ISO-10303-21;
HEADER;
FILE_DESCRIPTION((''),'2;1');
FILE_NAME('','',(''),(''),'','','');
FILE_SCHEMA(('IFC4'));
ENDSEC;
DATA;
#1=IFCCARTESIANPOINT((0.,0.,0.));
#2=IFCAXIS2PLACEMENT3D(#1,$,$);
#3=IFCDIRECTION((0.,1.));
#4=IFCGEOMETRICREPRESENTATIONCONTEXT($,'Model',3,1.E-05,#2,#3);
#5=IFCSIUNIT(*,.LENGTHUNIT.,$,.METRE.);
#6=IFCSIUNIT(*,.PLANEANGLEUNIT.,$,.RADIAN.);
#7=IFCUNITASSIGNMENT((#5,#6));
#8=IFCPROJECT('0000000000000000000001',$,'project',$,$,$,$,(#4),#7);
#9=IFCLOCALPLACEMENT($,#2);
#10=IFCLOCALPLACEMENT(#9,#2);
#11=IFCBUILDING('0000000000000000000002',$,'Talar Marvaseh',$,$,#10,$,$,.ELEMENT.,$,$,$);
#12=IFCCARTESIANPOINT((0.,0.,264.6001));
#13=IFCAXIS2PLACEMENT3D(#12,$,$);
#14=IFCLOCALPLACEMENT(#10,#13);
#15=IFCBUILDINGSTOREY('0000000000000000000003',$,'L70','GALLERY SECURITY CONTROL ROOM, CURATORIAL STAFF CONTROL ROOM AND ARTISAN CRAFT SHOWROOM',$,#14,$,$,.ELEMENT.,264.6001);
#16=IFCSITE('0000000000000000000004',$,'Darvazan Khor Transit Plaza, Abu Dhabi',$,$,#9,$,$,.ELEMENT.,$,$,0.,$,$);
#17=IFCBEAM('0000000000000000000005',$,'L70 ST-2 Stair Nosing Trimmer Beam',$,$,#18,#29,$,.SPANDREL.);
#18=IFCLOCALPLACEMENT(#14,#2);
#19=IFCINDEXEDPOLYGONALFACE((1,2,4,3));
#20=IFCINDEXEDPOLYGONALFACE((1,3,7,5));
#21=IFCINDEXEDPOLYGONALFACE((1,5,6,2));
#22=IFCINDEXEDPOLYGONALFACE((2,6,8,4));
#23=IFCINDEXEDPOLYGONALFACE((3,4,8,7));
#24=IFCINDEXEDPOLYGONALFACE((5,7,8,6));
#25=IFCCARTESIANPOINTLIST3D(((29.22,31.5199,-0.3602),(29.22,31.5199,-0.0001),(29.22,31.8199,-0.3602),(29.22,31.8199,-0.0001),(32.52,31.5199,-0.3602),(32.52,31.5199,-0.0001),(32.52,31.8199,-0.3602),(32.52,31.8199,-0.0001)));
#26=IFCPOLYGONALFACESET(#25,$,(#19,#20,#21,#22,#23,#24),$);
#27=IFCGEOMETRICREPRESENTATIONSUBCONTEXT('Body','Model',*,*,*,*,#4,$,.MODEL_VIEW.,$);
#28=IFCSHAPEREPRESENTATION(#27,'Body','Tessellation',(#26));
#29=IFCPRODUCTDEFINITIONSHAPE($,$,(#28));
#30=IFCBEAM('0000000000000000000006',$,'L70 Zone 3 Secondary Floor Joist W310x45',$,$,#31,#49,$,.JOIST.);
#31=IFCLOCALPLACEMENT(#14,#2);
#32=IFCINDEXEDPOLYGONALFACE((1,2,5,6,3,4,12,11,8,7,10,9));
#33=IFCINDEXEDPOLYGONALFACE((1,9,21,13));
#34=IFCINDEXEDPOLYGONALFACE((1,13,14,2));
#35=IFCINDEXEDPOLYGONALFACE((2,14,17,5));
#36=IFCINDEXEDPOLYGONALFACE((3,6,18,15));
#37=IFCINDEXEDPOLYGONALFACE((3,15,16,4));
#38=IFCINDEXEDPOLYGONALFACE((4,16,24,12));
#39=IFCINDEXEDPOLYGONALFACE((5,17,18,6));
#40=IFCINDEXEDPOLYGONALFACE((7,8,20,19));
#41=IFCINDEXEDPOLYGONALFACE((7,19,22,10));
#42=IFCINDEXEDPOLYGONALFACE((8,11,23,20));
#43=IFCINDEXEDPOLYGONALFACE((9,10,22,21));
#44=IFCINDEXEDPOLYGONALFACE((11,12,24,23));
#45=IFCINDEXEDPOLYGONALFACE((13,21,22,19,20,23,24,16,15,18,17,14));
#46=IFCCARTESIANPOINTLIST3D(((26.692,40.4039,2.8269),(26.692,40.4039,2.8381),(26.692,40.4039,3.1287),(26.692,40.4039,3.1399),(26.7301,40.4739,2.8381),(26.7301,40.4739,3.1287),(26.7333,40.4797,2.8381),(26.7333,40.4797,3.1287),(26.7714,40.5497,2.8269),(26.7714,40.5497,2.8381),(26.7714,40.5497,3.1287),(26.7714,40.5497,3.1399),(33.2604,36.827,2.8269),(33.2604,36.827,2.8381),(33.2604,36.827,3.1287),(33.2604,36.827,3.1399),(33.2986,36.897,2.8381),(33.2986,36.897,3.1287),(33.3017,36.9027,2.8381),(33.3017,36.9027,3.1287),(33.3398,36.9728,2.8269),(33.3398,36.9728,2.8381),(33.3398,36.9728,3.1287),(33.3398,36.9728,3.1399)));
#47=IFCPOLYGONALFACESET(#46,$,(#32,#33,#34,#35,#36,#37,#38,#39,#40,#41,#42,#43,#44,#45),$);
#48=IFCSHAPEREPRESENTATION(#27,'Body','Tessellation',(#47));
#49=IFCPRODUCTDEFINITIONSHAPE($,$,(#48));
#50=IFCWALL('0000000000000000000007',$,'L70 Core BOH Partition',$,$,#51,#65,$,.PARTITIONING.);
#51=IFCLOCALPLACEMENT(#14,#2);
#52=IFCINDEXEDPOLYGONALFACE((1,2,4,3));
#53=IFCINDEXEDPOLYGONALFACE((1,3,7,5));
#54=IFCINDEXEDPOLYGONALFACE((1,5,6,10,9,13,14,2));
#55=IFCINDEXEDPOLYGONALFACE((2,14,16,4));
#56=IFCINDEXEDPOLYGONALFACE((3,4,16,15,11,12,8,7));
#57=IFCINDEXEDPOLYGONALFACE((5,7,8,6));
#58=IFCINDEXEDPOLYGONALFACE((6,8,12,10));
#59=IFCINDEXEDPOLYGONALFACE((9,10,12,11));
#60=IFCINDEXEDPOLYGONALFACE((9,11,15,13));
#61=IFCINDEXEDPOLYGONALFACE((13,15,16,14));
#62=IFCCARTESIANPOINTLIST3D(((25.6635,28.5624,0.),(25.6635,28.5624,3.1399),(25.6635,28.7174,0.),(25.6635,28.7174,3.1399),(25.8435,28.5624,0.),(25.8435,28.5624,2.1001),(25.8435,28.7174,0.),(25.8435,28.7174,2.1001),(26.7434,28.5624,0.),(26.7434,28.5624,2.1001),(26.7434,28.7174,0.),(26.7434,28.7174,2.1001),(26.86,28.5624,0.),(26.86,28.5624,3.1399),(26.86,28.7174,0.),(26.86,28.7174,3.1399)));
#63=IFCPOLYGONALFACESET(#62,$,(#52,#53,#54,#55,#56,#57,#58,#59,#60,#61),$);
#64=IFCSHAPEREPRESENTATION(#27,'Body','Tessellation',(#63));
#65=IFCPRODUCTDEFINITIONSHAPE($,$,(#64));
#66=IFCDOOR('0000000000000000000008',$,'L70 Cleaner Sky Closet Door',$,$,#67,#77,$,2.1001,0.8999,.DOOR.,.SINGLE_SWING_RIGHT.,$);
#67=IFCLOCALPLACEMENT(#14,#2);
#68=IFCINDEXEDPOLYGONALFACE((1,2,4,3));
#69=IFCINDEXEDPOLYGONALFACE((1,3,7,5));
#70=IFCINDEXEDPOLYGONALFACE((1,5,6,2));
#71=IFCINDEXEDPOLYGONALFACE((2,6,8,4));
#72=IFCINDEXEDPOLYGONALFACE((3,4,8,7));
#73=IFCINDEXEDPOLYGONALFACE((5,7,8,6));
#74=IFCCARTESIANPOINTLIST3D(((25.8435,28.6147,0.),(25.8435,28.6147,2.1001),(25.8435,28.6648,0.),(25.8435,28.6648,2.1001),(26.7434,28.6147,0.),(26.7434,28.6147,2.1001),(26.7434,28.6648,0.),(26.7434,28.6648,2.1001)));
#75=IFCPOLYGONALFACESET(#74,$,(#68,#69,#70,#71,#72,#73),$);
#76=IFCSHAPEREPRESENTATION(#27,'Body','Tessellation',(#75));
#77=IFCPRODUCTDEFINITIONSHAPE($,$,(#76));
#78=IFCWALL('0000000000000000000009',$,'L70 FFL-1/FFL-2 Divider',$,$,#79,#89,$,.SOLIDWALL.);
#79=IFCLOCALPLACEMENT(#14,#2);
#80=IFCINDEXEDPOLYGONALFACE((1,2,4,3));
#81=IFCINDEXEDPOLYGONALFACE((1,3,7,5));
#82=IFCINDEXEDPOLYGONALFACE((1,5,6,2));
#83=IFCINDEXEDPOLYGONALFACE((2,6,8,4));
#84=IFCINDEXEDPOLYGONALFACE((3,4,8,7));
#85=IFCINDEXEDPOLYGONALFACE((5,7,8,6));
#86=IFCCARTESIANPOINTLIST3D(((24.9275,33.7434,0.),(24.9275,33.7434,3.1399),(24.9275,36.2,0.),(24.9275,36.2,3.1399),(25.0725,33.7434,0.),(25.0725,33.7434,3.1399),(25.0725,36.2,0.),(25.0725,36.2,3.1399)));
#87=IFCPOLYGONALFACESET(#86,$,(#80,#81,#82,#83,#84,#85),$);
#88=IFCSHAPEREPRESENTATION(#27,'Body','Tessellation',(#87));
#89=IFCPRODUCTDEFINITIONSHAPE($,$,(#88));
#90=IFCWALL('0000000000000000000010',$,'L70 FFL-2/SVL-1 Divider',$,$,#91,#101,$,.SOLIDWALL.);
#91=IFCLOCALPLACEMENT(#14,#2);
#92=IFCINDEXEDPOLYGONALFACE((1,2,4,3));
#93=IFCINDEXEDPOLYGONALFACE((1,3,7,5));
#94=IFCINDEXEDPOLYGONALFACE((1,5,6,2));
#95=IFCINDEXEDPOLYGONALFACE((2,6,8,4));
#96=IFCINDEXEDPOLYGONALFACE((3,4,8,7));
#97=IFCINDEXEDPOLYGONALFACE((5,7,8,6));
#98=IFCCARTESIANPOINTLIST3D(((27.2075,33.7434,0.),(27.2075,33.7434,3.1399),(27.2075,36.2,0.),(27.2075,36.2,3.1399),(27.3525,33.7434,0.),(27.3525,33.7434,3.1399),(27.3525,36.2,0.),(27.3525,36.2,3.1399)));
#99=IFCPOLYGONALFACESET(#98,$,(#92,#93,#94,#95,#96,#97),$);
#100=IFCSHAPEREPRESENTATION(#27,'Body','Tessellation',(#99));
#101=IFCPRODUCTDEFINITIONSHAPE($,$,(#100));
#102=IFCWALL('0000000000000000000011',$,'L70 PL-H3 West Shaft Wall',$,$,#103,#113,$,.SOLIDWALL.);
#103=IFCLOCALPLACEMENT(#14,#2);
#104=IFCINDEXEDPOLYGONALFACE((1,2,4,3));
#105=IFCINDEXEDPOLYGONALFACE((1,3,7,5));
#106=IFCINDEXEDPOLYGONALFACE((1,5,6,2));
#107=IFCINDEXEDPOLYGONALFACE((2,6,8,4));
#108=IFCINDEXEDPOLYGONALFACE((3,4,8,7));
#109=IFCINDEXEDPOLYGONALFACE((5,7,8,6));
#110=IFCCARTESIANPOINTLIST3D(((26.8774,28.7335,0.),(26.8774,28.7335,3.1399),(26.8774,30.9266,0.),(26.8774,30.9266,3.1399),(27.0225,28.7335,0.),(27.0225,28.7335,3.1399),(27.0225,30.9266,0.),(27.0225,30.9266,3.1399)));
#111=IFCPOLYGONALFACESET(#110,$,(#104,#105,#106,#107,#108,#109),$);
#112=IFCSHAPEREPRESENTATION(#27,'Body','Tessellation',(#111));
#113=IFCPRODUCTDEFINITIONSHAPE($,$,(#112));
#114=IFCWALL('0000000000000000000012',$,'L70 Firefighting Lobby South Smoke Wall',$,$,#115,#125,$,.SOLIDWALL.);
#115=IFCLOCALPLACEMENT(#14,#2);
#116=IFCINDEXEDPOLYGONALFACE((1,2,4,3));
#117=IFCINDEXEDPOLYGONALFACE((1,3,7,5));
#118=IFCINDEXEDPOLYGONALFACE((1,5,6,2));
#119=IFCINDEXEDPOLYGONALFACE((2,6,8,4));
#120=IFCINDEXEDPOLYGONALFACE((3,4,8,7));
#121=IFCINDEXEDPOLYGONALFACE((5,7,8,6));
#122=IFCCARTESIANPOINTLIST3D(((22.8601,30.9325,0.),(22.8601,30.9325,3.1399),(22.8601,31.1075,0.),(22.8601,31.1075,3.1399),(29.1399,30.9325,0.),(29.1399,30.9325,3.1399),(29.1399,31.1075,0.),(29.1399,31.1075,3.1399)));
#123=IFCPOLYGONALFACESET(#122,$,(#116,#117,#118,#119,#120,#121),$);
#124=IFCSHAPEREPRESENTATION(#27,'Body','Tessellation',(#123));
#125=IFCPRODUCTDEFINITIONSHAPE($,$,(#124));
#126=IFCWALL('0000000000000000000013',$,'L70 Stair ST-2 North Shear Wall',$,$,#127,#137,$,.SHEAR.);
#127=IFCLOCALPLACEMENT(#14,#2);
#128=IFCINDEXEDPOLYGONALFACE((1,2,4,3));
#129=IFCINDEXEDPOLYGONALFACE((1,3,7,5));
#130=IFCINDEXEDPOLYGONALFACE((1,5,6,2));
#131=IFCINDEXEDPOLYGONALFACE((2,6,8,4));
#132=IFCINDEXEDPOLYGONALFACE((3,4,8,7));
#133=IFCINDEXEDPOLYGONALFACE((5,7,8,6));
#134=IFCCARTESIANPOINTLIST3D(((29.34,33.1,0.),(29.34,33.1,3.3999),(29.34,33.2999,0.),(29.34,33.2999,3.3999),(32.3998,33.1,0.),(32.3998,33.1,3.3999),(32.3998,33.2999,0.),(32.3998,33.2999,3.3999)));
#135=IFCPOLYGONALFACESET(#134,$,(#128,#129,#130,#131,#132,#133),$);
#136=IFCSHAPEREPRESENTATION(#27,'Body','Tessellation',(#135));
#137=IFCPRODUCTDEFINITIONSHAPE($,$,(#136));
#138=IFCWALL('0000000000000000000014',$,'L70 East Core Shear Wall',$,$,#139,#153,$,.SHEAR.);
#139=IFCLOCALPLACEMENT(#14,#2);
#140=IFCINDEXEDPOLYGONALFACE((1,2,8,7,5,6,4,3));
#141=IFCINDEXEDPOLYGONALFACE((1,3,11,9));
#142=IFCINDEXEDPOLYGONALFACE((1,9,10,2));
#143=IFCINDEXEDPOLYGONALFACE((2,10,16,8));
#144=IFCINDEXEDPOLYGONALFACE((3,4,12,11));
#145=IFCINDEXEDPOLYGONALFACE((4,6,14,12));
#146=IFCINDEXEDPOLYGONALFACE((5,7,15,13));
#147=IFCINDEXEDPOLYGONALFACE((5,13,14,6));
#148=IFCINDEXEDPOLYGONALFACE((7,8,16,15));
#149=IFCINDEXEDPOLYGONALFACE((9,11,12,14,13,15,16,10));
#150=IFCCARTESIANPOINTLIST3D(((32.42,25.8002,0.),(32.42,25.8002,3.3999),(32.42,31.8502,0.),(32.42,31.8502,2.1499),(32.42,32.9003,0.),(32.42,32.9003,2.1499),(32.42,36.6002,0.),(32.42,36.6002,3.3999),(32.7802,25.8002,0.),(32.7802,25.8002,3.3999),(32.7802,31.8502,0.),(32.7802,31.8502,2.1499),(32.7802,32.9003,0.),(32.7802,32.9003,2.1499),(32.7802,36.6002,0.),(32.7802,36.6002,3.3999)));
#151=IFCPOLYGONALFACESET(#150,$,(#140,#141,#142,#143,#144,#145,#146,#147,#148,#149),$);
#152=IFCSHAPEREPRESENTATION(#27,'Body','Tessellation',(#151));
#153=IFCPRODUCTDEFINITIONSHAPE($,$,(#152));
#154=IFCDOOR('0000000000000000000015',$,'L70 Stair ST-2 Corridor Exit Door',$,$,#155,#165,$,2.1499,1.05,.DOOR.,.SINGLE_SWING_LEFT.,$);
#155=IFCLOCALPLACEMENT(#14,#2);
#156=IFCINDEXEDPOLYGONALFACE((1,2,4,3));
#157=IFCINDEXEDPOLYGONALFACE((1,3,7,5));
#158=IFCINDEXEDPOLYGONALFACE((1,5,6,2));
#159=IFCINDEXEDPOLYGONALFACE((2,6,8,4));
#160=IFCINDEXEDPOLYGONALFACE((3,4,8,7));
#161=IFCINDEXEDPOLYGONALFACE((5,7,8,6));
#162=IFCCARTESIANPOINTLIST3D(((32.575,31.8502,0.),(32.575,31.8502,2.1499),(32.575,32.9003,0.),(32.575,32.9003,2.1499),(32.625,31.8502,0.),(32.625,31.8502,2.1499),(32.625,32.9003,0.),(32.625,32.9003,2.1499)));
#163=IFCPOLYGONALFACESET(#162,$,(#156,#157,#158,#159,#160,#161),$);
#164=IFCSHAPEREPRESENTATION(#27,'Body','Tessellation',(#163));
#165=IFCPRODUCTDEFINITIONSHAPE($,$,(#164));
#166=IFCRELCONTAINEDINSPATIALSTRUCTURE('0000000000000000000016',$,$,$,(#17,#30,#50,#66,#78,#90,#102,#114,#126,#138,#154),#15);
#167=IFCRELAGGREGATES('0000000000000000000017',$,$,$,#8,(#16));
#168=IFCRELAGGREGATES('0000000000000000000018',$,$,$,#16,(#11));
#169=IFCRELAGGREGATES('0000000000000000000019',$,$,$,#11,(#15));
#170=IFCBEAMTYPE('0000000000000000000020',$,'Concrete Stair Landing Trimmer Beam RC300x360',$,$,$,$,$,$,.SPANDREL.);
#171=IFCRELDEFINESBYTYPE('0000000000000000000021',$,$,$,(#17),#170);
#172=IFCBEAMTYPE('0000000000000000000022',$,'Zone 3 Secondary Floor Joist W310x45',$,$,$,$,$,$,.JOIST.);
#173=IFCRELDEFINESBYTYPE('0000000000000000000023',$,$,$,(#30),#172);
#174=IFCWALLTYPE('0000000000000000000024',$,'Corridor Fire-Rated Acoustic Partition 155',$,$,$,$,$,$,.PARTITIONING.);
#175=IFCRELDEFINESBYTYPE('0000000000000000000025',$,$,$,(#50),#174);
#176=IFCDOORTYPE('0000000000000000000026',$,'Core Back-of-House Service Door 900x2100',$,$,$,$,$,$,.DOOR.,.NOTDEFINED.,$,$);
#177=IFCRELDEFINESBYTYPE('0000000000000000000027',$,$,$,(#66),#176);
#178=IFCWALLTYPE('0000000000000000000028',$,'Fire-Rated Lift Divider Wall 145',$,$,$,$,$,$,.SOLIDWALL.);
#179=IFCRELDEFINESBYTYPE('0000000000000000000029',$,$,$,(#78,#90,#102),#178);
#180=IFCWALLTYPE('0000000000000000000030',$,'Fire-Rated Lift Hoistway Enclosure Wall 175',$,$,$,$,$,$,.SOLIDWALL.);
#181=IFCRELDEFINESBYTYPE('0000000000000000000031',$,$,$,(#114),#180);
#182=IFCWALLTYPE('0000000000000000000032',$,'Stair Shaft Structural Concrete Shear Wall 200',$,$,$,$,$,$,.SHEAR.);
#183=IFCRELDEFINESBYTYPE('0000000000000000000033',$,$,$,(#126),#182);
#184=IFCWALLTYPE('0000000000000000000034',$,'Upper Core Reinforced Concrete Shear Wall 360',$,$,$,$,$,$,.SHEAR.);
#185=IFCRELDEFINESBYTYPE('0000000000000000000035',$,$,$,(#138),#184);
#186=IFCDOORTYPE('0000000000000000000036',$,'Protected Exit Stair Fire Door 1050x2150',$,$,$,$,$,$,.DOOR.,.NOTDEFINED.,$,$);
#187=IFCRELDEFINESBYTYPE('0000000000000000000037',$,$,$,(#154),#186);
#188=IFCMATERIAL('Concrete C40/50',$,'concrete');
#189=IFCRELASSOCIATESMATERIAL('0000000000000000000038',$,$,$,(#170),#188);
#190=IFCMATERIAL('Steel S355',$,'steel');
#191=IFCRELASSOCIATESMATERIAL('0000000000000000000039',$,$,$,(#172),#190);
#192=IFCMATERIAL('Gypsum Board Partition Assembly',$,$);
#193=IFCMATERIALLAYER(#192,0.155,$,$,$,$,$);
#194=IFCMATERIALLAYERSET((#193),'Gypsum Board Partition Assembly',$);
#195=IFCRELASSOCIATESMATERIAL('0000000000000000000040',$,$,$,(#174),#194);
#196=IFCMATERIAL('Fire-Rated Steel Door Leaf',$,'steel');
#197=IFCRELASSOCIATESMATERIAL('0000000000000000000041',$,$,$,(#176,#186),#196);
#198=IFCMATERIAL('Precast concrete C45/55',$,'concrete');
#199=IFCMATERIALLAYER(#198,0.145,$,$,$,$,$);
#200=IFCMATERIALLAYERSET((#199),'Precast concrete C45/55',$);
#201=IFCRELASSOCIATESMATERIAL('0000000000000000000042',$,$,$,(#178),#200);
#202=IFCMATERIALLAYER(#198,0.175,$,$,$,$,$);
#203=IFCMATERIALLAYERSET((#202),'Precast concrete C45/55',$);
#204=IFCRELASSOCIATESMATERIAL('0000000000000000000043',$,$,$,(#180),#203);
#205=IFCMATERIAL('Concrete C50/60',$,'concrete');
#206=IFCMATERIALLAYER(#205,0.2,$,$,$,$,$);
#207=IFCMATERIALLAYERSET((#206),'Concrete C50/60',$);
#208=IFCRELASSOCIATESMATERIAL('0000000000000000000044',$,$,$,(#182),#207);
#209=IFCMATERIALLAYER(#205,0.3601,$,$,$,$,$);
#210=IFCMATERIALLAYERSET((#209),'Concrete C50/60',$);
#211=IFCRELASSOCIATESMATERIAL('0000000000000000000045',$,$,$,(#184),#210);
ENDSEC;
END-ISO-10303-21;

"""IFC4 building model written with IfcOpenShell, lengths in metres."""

from ifc_helpers import new_model, si_unit, direction, frame, frame_2d, origin, origin_2d, place, context, subcontext, project, spatial, rectangle, i_section, extrude, source, transform, mapped, material, layer, layer_set, material_profile, profile_set, type_object, type_shapes, element, fill, save


model = new_model("IFC4")

# Units and contexts
model_context = context("Model", 3, precision=1e-05, world=origin(), true_north=direction((0.0, 1.0)))
body_context = subcontext(model_context, "Body", "Model", "MODEL_VIEW")
ifc_project = project(units=[si_unit("LENGTHUNIT", "METRE"), si_unit("PLANEANGLEUNIT", "RADIAN")], contexts=[model_context])

# Site, building, storey
site_placement = place(None, origin())
site = spatial("IfcSite", under=ifc_project, at=site_placement, Name="Darvazan Khor Transit Plaza, Abu Dhabi", CompositionType="ELEMENT", RefElevation=0.0)
building_placement = place(site_placement, origin())
building = spatial("IfcBuilding", under=site, at=building_placement, Name="Talar Marvaseh", CompositionType="ELEMENT")
storey_placement = place(building_placement, frame((0.0, 0.0, 264.6001)))
storey = spatial("IfcBuildingStorey", under=building, at=storey_placement, Name="L70", Description="GALLERY SECURITY CONTROL ROOM, CURATORIAL STAFF CONTROL ROOM AND ARTISAN CRAFT SHOWROOM", CompositionType="ELEMENT", Elevation=264.6001)

# Beams
ifc_material_1 = material(Name="Concrete C40/50", Category="concrete")
ifc_material_profile_1 = material_profile(ifc_material_1, rectangle(XDim=0.3, YDim=0.3601, at=origin_2d()), Name="RC300x360")
ifc_profile_set_1 = profile_set([ifc_material_profile_1], Name="Concrete C40/50")
beam_type_1 = type_object("IfcBeamType", Name="Concrete Stair Landing Trimmer Beam RC300x360", PredefinedType="SPANDREL", material=ifc_profile_set_1)
beam_1_placement = place(storey_placement, frame((29.22, 31.6699, -0.1802), z_axis=(1.0, 0.0, 0.0), x_axis=(0.0, 1.0, 0.0)))
element("IfcBeam", 1, at=beam_1_placement, inside=storey, type_object=beam_type_1, Name="L70 ST-2 Stair Nosing Trimmer Beam", PredefinedType="SPANDREL", context=body_context, shape_type="SweptSolid", body=[
    extrude(rectangle(XDim=0.3, YDim=0.3601, at=origin_2d()), origin(), (0.0, 0.0, 1.0), 3.3),
])
ifc_material_2 = material(Name="Steel S355", Category="steel")
ifc_material_profile_2 = material_profile(ifc_material_2, i_section(OverallWidth=0.166, OverallDepth=0.313, WebThickness=0.0066, FlangeThickness=0.0112, at=origin_2d()), Name="W310x45")
ifc_profile_set_2 = profile_set([ifc_material_profile_2], Name="Steel S355")
beam_type_2 = type_object("IfcBeamType", Name="Zone 3 Secondary Floor Joist W310x45", PredefinedType="JOIST", material=ifc_profile_set_2)
beam_2_placement = place(storey_placement, frame((26.7317, 40.4768, 2.9834), z_axis=(0.878223, -0.478251, 0.0), x_axis=(0.478251, 0.878223, 0.0)))
element("IfcBeam", 2, at=beam_2_placement, inside=storey, type_object=beam_type_2, Name="L70 Zone 3 Secondary Floor Joist W310x45", PredefinedType="JOIST", context=body_context, shape_type="SweptSolid", body=[
    extrude(i_section(OverallWidth=0.166, OverallDepth=0.313, WebThickness=0.0066, FlangeThickness=0.0112, at=origin_2d()), origin(), (0.0, 0.0, 1.0), 7.4792),
])

# Wall, opening, door
ifc_material_3 = material(Name="Gypsum Board Partition Assembly")
ifc_layer_1 = layer(ifc_material_3, 0.155)
ifc_layer_set_1 = layer_set([ifc_layer_1], Name="Gypsum Board Partition Assembly")
wall_type_1 = type_object("IfcWallType", Name="Corridor Fire-Rated Acoustic Partition 155", PredefinedType="PARTITIONING", material=ifc_layer_set_1)
wall_1_placement = place(storey_placement, frame((25.6636, 28.6399, 0.0), z_axis=(0.0, 0.0, 1.0), x_axis=(1.0, 0.0, 0.0)))
wall_1 = element("IfcWall", 3, at=wall_1_placement, inside=storey, type_object=wall_type_1, Name="L70 Core BOH Partition", PredefinedType="PARTITIONING", context=body_context, shape_type="SweptSolid", body=[
    extrude(rectangle(XDim=1.1965, YDim=0.155, at=frame_2d((0.5981, 0.0))), origin(), (0.0, 0.0, 1.0), 3.1399),
])
opening_1_placement = place(wall_1_placement, frame((0.1799, 0.0, 0.0)))
opening_1 = element("IfcOpeningElement", 4, at=opening_1_placement, cuts=wall_1, PredefinedType="OPENING", context=body_context, shape_type="SweptSolid", body=[
    extrude(rectangle(XDim=0.8999, YDim=2.1001, at=frame_2d((0.45, 1.05))), frame((0.0, 0.0874, 0.0), z_axis=(0.0, -1.0, 0.0), x_axis=(1.0, 0.0, 0.0)), (0.0, 0.0, 1.0), 0.175),
])
ifc_material_4 = material(Name="Fire-Rated Steel Door Leaf", Category="steel")
door_type_1 = type_object("IfcDoorType", Name="Core Back-of-House Service Door 900x2100", OperationType="NOTDEFINED", PredefinedType="DOOR", material=ifc_material_4)
shared_shape_1 = source(origin(), body_context, "Body", "SweptSolid", [
    extrude(rectangle(XDim=0.8999, YDim=2.1001, at=frame_2d((0.45, 1.05))), frame((0.0, 0.0249, 0.0), z_axis=(0.0, -1.0, 0.0), x_axis=(1.0, 0.0, 0.0)), (0.0, 0.0, 1.0), 0.05),
])
type_shapes(door_type_1, [shared_shape_1])
door_1_placement = place(opening_1_placement, origin())
door_1 = element("IfcDoor", 5, at=door_1_placement, inside=storey, type_object=door_type_1, Name="L70 Cleaner Sky Closet Door", OperationType="SINGLE_SWING_RIGHT", OverallHeight=2.1001, OverallWidth=0.8999, PredefinedType="DOOR", context=body_context, shape_type="MappedRepresentation", body=[
    mapped(shared_shape_1, transform((0.0, 0.0, 0.0), x_axis=(1.0, 0.0, 0.0), y_axis=(0.0, 1.0, 0.0), z_axis=(0.0, 0.0, 1.0), scale=1.0)),
])
fill(opening_1, door_1)

# Walls
ifc_material_5 = material(Name="Precast concrete C45/55", Category="concrete")
ifc_layer_2 = layer(ifc_material_5, 0.145)
ifc_layer_set_2 = layer_set([ifc_layer_2], Name="Precast concrete C45/55")
wall_type_2 = type_object("IfcWallType", Name="Fire-Rated Lift Divider Wall 145", PredefinedType="SOLIDWALL", material=ifc_layer_set_2)
for number, where, z_axis, x_axis, name in (
    (6, (25.0, 33.7434, 0.0), (0.0, 0.0, 1.0), (0.0, 1.0, 0.0), "L70 FFL-1/FFL-2 Divider"),
    (7, (27.28, 33.7434, 0.0), (0.0, 0.0, 1.0), (0.0, 1.0, 0.0), "L70 FFL-2/SVL-1 Divider"),
):
    element("IfcWall", number, at=place(storey_placement, frame(where, z_axis=z_axis, x_axis=x_axis)), inside=storey, type_object=wall_type_2, Name=name, PredefinedType="SOLIDWALL", context=body_context, shape_type="SweptSolid", body=[
        extrude(rectangle(XDim=2.4565, YDim=0.145, at=frame_2d((1.2283, 0.0))), origin(), (0.0, 0.0, 1.0), 3.1399),
    ])
wall_2_placement = place(storey_placement, frame((26.95, 28.7334, 0.0), z_axis=(0.0, 0.0, 1.0), x_axis=(0.0, 1.0, 0.0)))
element("IfcWall", 8, at=wall_2_placement, inside=storey, type_object=wall_type_2, Name="L70 PL-H3 West Shaft Wall", PredefinedType="SOLIDWALL", context=body_context, shape_type="SweptSolid", body=[
    extrude(rectangle(XDim=2.1931, YDim=0.145, at=frame_2d((1.0967, 0.0))), origin(), (0.0, 0.0, 1.0), 3.1399),
])

# Shared definitions
ifc_layer_3 = layer(ifc_material_5, 0.175)
ifc_layer_set_3 = layer_set([ifc_layer_3], Name="Precast concrete C45/55")
wall_type_3 = type_object("IfcWallType", Name="Fire-Rated Lift Hoistway Enclosure Wall 175", PredefinedType="SOLIDWALL", material=ifc_layer_set_3)

# Wall
wall_3_placement = place(storey_placement, frame((22.8601, 31.02, 0.0), z_axis=(0.0, 0.0, 1.0), x_axis=(1.0, 0.0, 0.0)))
element("IfcWall", 9, at=wall_3_placement, inside=storey, type_object=wall_type_3, Name="L70 Firefighting Lobby South Smoke Wall", PredefinedType="SOLIDWALL", context=body_context, shape_type="SweptSolid", body=[
    extrude(rectangle(XDim=6.2798, YDim=0.175, at=frame_2d((3.1399, 0.0))), origin(), (0.0, 0.0, 1.0), 3.1399),
])

# Wall
ifc_material_6 = material(Name="Concrete C50/60", Category="concrete")
ifc_layer_4 = layer(ifc_material_6, 0.2)
ifc_layer_set_4 = layer_set([ifc_layer_4], Name="Concrete C50/60")
wall_type_4 = type_object("IfcWallType", Name="Stair Shaft Structural Concrete Shear Wall 200", PredefinedType="SHEAR", material=ifc_layer_set_4)
wall_4_placement = place(storey_placement, frame((29.3401, 33.2, 0.0), z_axis=(0.0, 0.0, 1.0), x_axis=(1.0, 0.0, 0.0)))
element("IfcWall", 10, at=wall_4_placement, inside=storey, type_object=wall_type_4, Name="L70 Stair ST-2 North Shear Wall", PredefinedType="SHEAR", context=body_context, shape_type="SweptSolid", body=[
    extrude(rectangle(XDim=3.0598, YDim=0.2, at=frame_2d((1.5298, 0.0))), origin(), (0.0, 0.0, 1.0), 3.3999),
])

# Wall, opening, door
ifc_layer_5 = layer(ifc_material_6, 0.3601)
ifc_layer_set_5 = layer_set([ifc_layer_5], Name="Concrete C50/60")
wall_type_5 = type_object("IfcWallType", Name="Upper Core Reinforced Concrete Shear Wall 360", PredefinedType="SHEAR", material=ifc_layer_set_5)
wall_5_placement = place(storey_placement, frame((32.6001, 36.6001, 0.0), z_axis=(0.0, 0.0, 1.0), x_axis=(0.0, -1.0, 0.0)))
wall_5 = element("IfcWall", 11, at=wall_5_placement, inside=storey, type_object=wall_type_5, Name="L70 East Core Shear Wall", PredefinedType="SHEAR", context=body_context, shape_type="SweptSolid", body=[
    extrude(rectangle(XDim=10.8, YDim=0.3601, at=frame_2d((5.3999, 0.0))), origin(), (0.0, 0.0, 1.0), 3.3999),
])
opening_2_placement = place(wall_5_placement, frame((3.7, 0.0, 0.0)))
opening_2 = element("IfcOpeningElement", 12, at=opening_2_placement, cuts=wall_5, PredefinedType="OPENING", context=body_context, shape_type="SweptSolid", body=[
    extrude(rectangle(XDim=1.05, YDim=2.1499, at=frame_2d((0.5249, 1.075))), frame((0.0, 0.1899, 0.0), z_axis=(0.0, -1.0, 0.0), x_axis=(1.0, 0.0, 0.0)), (0.0, 0.0, 1.0), 0.3801),
])
door_type_2 = type_object("IfcDoorType", Name="Protected Exit Stair Fire Door 1050x2150", OperationType="NOTDEFINED", PredefinedType="DOOR", material=ifc_material_4)
shared_shape_2 = source(origin(), body_context, "Body", "SweptSolid", [
    extrude(rectangle(XDim=1.05, YDim=2.1499, at=frame_2d((0.5249, 1.075))), frame((0.0, 0.0249, 0.0), z_axis=(0.0, -1.0, 0.0), x_axis=(1.0, 0.0, 0.0)), (0.0, 0.0, 1.0), 0.05),
])
type_shapes(door_type_2, [shared_shape_2])
door_2_placement = place(opening_2_placement, origin())
door_2 = element("IfcDoor", 13, at=door_2_placement, inside=storey, type_object=door_type_2, Name="L70 Stair ST-2 Corridor Exit Door", OperationType="SINGLE_SWING_LEFT", OverallHeight=2.1499, OverallWidth=1.05, PredefinedType="DOOR", context=body_context, shape_type="MappedRepresentation", body=[
    mapped(shared_shape_2, transform((0.0, 0.0, 0.0), x_axis=(1.0, 0.0, 0.0), y_axis=(0.0, 1.0, 0.0), z_axis=(0.0, 0.0, 1.0), scale=1.0)),
])
fill(opening_2, door_2)

save(model, "model.ifc")
